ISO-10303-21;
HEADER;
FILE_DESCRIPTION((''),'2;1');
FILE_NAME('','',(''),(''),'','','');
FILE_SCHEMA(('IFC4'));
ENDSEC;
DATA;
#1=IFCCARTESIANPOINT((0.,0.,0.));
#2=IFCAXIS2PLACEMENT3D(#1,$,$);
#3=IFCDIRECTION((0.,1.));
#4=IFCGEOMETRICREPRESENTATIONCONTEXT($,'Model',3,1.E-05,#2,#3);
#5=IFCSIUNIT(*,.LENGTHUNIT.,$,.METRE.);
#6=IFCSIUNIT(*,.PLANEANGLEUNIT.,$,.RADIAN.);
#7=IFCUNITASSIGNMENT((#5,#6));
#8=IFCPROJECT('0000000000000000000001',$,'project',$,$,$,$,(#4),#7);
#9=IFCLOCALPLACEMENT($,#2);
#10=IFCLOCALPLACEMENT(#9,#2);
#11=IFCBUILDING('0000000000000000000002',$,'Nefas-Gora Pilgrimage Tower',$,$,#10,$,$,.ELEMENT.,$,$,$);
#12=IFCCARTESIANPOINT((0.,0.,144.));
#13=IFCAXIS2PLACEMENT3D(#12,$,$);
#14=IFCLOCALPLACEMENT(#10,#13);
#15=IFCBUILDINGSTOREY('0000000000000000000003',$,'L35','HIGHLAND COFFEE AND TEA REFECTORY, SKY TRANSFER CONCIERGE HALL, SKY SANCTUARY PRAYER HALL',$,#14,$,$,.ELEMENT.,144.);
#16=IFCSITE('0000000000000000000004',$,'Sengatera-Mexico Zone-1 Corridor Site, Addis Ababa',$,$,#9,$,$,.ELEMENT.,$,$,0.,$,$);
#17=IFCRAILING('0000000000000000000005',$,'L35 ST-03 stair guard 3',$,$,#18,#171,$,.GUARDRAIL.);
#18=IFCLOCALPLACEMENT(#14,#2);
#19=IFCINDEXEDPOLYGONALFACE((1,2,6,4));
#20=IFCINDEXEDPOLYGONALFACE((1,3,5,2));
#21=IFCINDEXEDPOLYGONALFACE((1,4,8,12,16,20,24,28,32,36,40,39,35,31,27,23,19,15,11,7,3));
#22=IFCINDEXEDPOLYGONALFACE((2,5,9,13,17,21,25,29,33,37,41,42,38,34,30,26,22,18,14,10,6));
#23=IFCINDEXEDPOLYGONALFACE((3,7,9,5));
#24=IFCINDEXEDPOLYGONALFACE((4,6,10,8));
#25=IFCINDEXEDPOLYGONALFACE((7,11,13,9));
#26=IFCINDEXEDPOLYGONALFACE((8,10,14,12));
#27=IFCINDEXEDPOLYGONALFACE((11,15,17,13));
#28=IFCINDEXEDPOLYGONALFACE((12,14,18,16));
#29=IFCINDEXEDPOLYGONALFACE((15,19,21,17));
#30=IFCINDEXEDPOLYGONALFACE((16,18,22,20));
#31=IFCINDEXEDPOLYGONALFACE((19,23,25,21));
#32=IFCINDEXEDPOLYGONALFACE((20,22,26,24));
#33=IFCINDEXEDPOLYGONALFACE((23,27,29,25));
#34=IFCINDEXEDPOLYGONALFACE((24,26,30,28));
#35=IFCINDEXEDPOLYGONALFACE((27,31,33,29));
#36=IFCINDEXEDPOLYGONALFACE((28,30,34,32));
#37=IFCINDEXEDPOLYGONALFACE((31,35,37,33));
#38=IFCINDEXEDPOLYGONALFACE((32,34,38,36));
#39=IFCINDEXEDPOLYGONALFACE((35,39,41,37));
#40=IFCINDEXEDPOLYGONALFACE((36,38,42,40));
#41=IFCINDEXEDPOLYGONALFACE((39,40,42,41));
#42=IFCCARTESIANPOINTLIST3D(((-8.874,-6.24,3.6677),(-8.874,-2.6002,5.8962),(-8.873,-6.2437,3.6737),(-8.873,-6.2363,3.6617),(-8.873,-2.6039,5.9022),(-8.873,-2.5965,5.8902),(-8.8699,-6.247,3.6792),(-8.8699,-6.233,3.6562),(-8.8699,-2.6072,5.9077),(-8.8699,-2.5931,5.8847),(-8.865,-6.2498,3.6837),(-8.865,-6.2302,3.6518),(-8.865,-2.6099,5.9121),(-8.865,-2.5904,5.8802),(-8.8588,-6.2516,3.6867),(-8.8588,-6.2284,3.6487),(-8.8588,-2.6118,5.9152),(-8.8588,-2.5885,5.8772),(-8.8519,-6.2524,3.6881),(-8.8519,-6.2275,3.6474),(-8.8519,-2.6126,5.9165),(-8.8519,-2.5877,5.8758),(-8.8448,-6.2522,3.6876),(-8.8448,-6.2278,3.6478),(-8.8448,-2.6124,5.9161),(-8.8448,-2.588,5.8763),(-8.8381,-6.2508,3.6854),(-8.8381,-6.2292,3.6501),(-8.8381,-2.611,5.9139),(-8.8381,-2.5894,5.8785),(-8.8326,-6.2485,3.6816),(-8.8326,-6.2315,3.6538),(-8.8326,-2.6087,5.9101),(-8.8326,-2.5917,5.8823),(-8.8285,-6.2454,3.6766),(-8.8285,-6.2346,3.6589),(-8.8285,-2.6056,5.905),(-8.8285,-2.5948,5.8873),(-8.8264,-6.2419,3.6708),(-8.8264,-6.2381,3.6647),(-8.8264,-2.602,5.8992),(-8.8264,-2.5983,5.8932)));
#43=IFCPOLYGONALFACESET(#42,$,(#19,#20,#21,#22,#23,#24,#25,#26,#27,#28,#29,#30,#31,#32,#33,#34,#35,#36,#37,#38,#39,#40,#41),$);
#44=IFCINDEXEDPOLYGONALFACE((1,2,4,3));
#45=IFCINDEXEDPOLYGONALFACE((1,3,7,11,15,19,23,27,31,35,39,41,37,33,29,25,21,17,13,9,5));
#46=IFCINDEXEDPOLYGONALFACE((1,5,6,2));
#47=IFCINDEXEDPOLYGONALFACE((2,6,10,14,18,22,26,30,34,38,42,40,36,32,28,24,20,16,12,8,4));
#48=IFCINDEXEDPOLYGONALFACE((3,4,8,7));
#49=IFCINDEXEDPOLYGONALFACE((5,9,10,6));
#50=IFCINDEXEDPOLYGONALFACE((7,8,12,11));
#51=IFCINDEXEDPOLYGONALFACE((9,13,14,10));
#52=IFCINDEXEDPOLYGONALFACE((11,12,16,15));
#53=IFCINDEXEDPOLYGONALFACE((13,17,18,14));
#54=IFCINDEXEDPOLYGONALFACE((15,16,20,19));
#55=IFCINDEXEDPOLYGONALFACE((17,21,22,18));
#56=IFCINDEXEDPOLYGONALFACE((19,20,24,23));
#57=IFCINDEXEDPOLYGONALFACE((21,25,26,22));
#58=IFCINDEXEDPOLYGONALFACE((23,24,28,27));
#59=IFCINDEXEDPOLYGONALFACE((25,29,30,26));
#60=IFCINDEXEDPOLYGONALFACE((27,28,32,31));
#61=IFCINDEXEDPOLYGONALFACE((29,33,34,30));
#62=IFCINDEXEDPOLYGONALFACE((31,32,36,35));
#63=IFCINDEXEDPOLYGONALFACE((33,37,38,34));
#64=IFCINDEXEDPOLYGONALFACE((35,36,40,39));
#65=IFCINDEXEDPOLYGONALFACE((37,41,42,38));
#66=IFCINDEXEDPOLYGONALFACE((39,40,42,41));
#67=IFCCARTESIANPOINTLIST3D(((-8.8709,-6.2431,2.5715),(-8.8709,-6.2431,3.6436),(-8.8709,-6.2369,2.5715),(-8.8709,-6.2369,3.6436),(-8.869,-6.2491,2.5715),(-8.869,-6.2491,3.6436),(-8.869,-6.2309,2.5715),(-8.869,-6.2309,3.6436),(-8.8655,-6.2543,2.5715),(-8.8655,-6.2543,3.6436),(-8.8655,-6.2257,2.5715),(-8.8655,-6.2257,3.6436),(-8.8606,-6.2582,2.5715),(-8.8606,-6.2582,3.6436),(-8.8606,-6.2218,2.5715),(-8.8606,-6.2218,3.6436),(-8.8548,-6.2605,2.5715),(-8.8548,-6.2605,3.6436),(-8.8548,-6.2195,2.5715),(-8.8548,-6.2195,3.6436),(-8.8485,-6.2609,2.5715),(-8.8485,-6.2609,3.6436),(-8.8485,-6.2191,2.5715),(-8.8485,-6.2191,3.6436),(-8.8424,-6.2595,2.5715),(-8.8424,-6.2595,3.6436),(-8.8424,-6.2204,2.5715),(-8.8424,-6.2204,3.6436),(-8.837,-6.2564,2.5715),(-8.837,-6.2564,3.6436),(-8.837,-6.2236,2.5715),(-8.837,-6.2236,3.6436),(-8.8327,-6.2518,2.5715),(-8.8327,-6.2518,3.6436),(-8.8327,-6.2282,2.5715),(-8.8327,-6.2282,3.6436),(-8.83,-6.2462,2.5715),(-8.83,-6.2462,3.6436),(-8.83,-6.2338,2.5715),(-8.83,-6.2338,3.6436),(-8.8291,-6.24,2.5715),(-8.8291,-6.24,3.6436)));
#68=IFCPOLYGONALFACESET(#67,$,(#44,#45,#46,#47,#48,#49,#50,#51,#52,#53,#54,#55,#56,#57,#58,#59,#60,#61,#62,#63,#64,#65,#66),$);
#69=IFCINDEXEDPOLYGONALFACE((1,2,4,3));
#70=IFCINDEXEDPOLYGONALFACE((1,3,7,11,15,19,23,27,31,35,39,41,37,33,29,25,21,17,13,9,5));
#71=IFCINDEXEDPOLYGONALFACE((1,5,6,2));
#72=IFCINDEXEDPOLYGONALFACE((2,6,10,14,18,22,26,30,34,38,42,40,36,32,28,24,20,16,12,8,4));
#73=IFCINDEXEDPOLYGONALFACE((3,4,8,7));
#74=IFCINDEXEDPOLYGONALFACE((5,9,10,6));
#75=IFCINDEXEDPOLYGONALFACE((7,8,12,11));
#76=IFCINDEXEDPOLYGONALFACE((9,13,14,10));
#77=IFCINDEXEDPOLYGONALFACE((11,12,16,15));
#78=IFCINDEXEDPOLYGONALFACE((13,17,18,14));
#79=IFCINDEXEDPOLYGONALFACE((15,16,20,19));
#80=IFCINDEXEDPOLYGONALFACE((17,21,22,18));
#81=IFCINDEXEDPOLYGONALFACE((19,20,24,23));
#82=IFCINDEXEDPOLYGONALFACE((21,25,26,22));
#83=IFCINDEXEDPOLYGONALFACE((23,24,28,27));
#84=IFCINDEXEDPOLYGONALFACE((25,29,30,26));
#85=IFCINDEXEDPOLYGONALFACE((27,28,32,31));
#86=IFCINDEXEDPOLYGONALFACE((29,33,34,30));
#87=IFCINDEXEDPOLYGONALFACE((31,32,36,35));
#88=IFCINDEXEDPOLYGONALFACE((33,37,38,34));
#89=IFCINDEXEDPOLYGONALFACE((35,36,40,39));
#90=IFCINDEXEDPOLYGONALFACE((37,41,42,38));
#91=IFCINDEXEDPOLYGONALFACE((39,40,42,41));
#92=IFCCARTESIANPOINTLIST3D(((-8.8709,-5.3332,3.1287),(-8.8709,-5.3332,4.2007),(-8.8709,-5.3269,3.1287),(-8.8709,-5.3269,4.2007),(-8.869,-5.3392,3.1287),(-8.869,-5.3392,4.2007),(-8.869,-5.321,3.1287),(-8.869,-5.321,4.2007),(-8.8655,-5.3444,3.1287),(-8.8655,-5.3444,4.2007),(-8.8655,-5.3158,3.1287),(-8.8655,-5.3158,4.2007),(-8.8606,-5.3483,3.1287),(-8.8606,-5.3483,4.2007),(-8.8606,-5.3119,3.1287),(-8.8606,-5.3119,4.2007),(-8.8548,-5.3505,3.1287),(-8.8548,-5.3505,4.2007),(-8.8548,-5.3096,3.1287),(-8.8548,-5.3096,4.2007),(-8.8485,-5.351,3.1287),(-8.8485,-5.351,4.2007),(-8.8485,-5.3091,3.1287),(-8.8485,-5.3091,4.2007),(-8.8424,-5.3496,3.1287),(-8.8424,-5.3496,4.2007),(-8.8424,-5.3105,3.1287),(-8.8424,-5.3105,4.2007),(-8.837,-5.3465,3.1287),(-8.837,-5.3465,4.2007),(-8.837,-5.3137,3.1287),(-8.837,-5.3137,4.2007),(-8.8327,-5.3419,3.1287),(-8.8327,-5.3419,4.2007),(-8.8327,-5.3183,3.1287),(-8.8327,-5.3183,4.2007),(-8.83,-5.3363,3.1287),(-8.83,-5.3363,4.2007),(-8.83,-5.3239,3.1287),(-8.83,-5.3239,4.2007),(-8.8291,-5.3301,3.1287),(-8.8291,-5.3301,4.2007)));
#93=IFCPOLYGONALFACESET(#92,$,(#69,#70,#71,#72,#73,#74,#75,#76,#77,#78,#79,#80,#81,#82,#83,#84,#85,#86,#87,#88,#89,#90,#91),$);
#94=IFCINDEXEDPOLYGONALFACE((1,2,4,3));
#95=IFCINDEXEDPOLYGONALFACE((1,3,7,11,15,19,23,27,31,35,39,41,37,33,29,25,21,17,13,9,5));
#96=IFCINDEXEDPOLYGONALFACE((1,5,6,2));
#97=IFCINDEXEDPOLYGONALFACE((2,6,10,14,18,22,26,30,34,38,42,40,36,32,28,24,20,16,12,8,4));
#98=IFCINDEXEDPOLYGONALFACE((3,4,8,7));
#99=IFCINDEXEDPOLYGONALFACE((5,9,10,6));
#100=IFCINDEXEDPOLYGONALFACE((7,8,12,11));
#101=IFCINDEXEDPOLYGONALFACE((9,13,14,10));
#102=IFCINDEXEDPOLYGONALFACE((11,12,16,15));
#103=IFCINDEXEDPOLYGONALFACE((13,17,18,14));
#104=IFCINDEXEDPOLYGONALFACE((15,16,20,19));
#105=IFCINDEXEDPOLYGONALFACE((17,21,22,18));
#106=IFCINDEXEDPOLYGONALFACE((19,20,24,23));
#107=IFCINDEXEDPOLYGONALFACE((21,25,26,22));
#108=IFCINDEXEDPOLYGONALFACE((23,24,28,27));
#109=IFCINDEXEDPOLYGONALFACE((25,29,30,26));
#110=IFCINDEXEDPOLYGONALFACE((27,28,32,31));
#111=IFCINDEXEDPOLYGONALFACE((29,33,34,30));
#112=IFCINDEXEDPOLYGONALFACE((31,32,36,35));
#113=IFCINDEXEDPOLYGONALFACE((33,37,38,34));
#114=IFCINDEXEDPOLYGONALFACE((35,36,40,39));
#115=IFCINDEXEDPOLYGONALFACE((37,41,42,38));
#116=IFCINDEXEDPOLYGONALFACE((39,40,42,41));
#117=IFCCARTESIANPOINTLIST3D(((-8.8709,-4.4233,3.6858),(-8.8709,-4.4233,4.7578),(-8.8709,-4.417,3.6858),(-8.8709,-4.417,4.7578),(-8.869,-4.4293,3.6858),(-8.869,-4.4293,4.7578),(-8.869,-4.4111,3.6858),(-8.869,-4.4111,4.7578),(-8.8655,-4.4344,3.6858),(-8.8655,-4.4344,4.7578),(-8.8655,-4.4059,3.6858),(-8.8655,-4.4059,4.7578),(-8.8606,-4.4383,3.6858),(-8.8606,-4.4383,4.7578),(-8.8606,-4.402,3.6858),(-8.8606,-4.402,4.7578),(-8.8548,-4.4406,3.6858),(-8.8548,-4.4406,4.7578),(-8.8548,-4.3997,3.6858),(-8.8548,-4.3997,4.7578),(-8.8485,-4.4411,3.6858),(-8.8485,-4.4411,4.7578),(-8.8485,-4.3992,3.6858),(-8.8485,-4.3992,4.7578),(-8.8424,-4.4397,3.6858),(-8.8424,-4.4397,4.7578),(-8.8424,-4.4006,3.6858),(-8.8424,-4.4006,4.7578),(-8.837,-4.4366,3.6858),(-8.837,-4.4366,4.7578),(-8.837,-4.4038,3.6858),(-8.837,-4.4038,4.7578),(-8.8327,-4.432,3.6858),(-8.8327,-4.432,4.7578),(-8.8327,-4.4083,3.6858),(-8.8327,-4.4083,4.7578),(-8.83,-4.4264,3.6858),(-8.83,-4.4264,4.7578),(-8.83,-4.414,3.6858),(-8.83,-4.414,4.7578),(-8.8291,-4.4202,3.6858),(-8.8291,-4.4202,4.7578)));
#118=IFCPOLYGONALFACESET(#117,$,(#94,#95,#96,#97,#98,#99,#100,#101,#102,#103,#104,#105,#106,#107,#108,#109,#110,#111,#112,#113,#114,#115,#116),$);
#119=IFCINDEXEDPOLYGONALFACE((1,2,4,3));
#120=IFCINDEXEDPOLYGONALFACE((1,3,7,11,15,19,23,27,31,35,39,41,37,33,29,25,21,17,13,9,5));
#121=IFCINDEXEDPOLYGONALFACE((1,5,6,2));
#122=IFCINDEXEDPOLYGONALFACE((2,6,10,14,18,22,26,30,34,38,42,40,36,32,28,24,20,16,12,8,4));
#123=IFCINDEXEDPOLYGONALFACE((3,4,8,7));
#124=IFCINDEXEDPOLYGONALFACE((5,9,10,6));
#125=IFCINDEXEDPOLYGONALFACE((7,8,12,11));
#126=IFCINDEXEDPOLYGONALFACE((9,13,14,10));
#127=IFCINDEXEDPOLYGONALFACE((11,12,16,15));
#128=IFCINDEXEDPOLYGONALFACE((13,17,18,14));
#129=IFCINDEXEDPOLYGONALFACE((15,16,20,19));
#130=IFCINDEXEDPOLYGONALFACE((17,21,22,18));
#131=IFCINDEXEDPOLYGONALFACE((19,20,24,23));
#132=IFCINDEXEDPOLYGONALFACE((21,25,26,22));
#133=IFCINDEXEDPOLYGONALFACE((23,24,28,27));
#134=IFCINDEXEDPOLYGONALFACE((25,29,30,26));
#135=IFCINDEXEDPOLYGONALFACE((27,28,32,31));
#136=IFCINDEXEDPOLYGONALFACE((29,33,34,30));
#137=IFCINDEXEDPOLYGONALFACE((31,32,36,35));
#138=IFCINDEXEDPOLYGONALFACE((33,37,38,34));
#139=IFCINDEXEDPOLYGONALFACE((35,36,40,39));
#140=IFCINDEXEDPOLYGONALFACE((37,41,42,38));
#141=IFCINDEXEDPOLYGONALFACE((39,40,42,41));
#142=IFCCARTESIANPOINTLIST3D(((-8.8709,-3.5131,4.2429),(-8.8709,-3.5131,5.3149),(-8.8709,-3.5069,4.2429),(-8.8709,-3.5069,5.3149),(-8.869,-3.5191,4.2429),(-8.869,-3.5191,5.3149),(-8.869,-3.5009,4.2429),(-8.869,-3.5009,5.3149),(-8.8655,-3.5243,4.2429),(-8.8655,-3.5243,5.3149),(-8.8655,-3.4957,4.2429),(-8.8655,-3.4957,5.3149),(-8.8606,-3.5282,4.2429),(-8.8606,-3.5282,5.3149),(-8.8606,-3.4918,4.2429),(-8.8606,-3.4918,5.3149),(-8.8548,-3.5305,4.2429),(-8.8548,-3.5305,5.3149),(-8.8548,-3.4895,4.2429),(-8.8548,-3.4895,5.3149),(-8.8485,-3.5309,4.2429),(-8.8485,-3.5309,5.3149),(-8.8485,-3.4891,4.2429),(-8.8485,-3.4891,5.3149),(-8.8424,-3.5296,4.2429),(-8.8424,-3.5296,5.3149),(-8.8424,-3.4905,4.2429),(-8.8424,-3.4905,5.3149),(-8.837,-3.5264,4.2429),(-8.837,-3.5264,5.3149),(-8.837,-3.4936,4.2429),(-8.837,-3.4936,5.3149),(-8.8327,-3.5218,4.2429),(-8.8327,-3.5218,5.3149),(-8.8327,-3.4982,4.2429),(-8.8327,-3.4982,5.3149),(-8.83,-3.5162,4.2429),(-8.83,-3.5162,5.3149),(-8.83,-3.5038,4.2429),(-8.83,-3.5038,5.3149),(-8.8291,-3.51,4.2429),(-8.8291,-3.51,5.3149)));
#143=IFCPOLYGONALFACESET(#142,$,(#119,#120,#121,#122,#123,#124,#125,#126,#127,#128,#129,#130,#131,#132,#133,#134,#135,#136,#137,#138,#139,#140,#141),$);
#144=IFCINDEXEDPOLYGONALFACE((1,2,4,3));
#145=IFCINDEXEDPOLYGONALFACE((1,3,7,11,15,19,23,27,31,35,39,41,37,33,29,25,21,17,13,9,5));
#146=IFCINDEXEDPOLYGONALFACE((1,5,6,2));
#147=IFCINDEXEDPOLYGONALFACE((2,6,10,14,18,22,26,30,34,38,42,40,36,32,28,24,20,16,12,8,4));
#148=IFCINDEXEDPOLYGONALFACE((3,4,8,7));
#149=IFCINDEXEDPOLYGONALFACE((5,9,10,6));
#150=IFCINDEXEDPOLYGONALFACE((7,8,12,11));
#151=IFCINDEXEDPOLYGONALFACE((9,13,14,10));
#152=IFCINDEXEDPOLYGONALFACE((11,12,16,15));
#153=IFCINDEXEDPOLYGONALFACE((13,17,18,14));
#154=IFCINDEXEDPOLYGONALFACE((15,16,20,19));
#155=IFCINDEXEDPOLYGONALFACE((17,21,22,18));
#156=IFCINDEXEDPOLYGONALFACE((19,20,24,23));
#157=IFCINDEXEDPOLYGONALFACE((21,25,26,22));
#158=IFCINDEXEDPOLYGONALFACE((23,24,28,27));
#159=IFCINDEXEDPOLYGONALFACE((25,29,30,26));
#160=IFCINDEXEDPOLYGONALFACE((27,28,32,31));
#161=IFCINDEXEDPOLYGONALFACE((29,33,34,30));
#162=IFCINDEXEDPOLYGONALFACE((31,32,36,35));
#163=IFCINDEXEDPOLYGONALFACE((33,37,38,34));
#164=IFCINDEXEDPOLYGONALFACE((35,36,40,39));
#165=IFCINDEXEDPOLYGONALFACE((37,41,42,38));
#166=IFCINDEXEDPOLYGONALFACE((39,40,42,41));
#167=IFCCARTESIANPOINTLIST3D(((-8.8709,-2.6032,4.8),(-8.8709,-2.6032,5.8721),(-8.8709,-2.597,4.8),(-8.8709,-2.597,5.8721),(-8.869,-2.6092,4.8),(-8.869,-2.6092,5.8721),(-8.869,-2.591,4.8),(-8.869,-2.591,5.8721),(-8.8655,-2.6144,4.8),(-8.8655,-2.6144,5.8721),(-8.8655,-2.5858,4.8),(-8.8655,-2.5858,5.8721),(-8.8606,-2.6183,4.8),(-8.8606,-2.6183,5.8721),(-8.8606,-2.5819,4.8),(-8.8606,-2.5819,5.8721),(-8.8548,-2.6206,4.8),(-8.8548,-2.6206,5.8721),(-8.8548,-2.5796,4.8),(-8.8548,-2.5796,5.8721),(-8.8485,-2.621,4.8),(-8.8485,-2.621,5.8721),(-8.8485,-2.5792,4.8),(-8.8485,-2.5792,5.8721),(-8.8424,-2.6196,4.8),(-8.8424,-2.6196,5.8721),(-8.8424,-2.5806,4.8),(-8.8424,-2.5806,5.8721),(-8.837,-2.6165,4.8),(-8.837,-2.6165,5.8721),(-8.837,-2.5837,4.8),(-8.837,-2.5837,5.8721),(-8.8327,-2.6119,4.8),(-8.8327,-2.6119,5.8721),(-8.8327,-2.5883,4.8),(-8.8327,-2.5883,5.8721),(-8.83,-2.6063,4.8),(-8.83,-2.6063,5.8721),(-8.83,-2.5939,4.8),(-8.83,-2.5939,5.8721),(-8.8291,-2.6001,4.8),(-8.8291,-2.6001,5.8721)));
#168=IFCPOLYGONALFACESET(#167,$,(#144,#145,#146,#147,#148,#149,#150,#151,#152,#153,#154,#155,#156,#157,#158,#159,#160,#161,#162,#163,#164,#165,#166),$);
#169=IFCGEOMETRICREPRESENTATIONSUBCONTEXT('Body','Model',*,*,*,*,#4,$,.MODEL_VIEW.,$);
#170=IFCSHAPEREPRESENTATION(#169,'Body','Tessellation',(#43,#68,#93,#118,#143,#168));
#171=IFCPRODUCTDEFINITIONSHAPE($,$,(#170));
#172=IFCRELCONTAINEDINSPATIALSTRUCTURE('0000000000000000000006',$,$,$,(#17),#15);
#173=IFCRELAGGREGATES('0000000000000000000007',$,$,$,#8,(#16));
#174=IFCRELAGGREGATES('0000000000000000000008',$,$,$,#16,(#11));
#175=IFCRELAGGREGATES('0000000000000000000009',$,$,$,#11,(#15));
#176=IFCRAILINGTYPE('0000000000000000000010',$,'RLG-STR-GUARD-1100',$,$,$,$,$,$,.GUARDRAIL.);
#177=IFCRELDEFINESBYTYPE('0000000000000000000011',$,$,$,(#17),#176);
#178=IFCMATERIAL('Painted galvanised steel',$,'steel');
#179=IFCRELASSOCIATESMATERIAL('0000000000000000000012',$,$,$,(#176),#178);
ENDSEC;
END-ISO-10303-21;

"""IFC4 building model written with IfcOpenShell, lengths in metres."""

from ifc_helpers import new_model, si_unit, direction, frame, origin, origin_2d, place, context, subcontext, project, spatial, circle, extrude, material, type_object, element, save


model = new_model("IFC4")

# Units and contexts
model_context = context("Model", 3, precision=1e-05, world=origin(), true_north=direction((0.0, 1.0)))
body_context = subcontext(model_context, "Body", "Model", "MODEL_VIEW")
ifc_project = project(units=[si_unit("LENGTHUNIT", "METRE"), si_unit("PLANEANGLEUNIT", "RADIAN")], contexts=[model_context])

# Site, building, storey
site_placement = place(None, origin())
site = spatial("IfcSite", under=ifc_project, at=site_placement, Name="Sengatera-Mexico Zone-1 Corridor Site, Addis Ababa", CompositionType="ELEMENT", RefElevation=0.0)
building_placement = place(site_placement, origin())
building = spatial("IfcBuilding", under=site, at=building_placement, Name="Nefas-Gora Pilgrimage Tower", CompositionType="ELEMENT")
storey_placement = place(building_placement, frame((0.0, 0.0, 144.0)))
storey = spatial("IfcBuildingStorey", under=building, at=storey_placement, Name="L35", Description="HIGHLAND COFFEE AND TEA REFECTORY, SKY TRANSFER CONCIERGE HALL, SKY SANCTUARY PRAYER HALL", CompositionType="ELEMENT", Elevation=144.0)

# Railing
ifc_material_1 = material(Name="Painted galvanised steel", Category="steel")
railing_type_1 = type_object("IfcRailingType", Name="RLG-STR-GUARD-1100", PredefinedType="GUARDRAIL", material=ifc_material_1)
railing_1_placement = place(storey_placement, frame((-8.8501, -6.24, 2.5715)))
element("IfcRailing", 1, at=railing_1_placement, inside=storey, type_object=railing_type_1, Name="L35 ST-03 stair guard 3", PredefinedType="GUARDRAIL", context=body_context, shape_type="SweptSolid", body=[
    extrude(circle(Radius=0.0239, at=origin_2d()), frame((0.0, 0.0, 1.0962), z_axis=(0.0, 0.85285, 0.522156), x_axis=(-1.0, 0.0, 0.0)), (0.0, 0.0, 1.0), 4.2678),
    extrude(circle(Radius=0.021, at=origin_2d()), origin(), (0.0, 0.0, 1.0), 1.072),
    extrude(circle(Radius=0.021, at=origin_2d()), frame((0.0, 0.9099, 0.5571)), (0.0, 0.0, 1.0), 1.072),
    extrude(circle(Radius=0.021, at=origin_2d()), frame((0.0, 1.8198, 1.1143)), (0.0, 0.0, 1.0), 1.072),
    extrude(circle(Radius=0.021, at=origin_2d()), frame((0.0, 2.73, 1.6714)), (0.0, 0.0, 1.0), 1.072),
    extrude(circle(Radius=0.021, at=origin_2d()), frame((0.0, 3.6399, 2.2285)), (0.0, 0.0, 1.0), 1.072),
])

save(model, "model.ifc")
